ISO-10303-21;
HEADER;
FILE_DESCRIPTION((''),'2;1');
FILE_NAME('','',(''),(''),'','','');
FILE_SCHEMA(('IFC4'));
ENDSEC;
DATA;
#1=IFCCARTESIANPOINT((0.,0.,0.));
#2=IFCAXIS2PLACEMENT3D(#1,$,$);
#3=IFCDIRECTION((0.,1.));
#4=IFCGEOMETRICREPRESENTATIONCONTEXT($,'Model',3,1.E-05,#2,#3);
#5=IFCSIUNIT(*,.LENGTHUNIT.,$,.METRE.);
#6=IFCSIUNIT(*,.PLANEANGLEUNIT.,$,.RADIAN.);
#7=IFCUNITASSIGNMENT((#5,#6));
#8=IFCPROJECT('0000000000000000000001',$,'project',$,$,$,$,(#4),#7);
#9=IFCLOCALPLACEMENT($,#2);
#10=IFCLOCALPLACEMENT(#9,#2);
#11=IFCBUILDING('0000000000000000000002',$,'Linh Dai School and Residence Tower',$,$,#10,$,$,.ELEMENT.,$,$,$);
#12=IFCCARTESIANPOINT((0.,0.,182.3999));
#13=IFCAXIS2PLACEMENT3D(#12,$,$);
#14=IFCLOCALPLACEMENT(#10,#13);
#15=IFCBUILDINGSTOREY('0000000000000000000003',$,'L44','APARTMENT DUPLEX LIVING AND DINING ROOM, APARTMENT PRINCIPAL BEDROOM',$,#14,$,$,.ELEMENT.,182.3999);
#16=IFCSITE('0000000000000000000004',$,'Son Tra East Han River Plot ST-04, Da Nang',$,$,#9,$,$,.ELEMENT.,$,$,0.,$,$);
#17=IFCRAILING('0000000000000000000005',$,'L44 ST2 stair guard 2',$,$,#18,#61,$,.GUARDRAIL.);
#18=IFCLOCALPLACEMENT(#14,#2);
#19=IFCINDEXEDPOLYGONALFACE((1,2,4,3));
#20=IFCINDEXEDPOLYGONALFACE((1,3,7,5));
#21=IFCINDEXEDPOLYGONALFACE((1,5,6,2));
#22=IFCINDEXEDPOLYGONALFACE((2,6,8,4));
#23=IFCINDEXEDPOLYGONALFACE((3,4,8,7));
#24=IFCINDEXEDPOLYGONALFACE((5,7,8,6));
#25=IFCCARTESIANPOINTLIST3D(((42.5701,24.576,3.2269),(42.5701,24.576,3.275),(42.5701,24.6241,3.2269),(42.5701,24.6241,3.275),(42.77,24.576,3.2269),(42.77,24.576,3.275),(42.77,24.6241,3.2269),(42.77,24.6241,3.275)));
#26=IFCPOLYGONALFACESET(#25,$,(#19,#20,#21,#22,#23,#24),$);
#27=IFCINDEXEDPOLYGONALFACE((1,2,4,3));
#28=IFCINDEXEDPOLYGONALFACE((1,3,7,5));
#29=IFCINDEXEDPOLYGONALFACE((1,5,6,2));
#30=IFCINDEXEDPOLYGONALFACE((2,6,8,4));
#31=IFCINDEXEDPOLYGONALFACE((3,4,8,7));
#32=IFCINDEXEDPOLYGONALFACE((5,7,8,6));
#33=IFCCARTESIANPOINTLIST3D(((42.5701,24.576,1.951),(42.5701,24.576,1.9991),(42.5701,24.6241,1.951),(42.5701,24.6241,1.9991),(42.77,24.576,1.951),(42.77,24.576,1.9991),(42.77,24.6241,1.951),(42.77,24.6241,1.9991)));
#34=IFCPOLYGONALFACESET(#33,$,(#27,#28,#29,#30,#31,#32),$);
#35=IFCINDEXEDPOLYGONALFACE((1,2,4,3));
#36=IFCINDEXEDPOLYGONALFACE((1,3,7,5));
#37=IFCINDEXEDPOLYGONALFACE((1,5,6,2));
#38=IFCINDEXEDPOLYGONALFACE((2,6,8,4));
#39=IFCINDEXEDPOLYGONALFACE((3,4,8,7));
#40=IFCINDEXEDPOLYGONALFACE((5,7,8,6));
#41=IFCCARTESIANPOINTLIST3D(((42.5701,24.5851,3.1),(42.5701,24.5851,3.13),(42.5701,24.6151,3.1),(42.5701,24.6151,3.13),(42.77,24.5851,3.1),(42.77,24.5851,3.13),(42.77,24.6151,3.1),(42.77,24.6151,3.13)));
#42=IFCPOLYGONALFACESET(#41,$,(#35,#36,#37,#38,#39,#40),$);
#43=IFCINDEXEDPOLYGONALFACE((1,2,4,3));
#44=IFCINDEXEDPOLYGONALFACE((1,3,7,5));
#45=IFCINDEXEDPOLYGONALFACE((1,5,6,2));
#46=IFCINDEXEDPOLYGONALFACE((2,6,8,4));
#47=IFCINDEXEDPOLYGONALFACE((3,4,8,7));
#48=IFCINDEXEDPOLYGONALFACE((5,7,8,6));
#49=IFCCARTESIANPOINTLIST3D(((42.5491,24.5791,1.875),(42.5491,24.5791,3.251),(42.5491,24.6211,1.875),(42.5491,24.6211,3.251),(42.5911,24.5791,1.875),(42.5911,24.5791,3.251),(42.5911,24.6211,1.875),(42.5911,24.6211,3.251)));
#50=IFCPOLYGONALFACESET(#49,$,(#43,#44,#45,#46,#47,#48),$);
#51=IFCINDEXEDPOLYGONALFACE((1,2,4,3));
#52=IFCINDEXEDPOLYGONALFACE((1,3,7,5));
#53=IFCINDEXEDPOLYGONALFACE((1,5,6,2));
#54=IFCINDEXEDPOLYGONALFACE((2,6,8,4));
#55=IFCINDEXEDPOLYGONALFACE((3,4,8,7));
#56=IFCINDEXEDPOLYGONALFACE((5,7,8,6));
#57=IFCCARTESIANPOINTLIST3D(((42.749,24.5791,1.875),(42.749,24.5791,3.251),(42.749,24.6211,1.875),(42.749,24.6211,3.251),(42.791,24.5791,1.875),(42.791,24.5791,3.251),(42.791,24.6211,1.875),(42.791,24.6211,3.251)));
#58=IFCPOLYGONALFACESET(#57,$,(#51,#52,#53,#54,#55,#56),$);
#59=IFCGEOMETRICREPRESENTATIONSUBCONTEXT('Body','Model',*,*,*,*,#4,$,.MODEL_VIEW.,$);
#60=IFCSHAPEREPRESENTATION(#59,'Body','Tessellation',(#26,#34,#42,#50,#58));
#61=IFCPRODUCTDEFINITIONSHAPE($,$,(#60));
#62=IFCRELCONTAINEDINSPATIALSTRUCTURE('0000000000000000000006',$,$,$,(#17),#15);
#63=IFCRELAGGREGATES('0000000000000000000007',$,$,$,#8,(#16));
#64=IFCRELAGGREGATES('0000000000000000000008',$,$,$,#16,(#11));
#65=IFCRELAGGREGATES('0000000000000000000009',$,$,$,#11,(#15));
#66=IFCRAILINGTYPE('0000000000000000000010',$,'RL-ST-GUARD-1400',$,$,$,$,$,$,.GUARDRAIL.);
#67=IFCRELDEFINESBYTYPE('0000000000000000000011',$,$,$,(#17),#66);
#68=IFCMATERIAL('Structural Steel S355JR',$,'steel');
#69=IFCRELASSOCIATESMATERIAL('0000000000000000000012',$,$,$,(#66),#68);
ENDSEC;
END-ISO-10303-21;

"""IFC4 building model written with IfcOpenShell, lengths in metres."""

from ifc_helpers import new_model, si_unit, direction, frame, origin, origin_2d, place, context, subcontext, project, spatial, rectangle, extrude, source, transform, mapped, material, type_object, element, save


model = new_model("IFC4")

# Units and contexts
model_context = context("Model", 3, precision=1e-05, world=origin(), true_north=direction((0.0, 1.0)))
body_context = subcontext(model_context, "Body", "Model", "MODEL_VIEW")
ifc_project = project(units=[si_unit("LENGTHUNIT", "METRE"), si_unit("PLANEANGLEUNIT", "RADIAN")], contexts=[model_context])

# Site, building, storey
site_placement = place(None, origin())
site = spatial("IfcSite", under=ifc_project, at=site_placement, Name="Son Tra East Han River Plot ST-04, Da Nang", CompositionType="ELEMENT", RefElevation=0.0)
building_placement = place(site_placement, origin())
building = spatial("IfcBuilding", under=site, at=building_placement, Name="Linh Dai School and Residence Tower", CompositionType="ELEMENT")
storey_placement = place(building_placement, frame((0.0, 0.0, 182.3999)))
storey = spatial("IfcBuildingStorey", under=building, at=storey_placement, Name="L44", Description="APARTMENT DUPLEX LIVING AND DINING ROOM, APARTMENT PRINCIPAL BEDROOM", CompositionType="ELEMENT", Elevation=182.3999)

# Shared definitions
ifc_material_1 = material(Name="Structural Steel S355JR", Category="steel")

# Railing
railing_type_1 = type_object("IfcRailingType", Name="RL-ST-GUARD-1400", PredefinedType="GUARDRAIL", material=ifc_material_1)
shared_shape_1 = source(origin(), body_context, "Body", "SweptSolid", [
    extrude(rectangle(XDim=0.0481, YDim=0.0481, at=origin_2d()), frame((0.0, 0.0, 1.376), z_axis=(1.0, 0.0, 0.0), x_axis=(0.0, 1.0, 0.0)), (0.0, 0.0, 1.0), 0.2),
    extrude(rectangle(XDim=0.0481, YDim=0.0481, at=origin_2d()), frame((0.0, 0.0, 0.1001), z_axis=(1.0, 0.0, 0.0), x_axis=(0.0, 1.0, 0.0)), (0.0, 0.0, 1.0), 0.2),
    extrude(rectangle(XDim=0.03, YDim=0.03, at=origin_2d()), frame((0.0, 0.0, 1.24), z_axis=(1.0, 0.0, 0.0), x_axis=(0.0, 1.0, 0.0)), (0.0, 0.0, 1.0), 0.2),
    extrude(rectangle(XDim=0.042, YDim=0.042, at=origin_2d()), origin(), (0.0, 0.0, 1.0), 1.376),
    extrude(rectangle(XDim=0.042, YDim=0.042, at=origin_2d()), frame((0.2, 0.0, 0.0)), (0.0, 0.0, 1.0), 1.376),
])
railing_1_placement = place(storey_placement, frame((42.5701, 24.6001, 1.875)))
element("IfcRailing", 1, at=railing_1_placement, inside=storey, type_object=railing_type_1, Name="L44 ST2 stair guard 2", PredefinedType="GUARDRAIL", context=body_context, shape_type="MappedRepresentation", body=[
    mapped(shared_shape_1, transform((0.0, 0.0, 0.0), x_axis=(1.0, 0.0, 0.0), y_axis=(0.0, 1.0, 0.0), z_axis=(0.0, 0.0, 1.0), scale=1.0)),
])

save(model, "model.ifc")
